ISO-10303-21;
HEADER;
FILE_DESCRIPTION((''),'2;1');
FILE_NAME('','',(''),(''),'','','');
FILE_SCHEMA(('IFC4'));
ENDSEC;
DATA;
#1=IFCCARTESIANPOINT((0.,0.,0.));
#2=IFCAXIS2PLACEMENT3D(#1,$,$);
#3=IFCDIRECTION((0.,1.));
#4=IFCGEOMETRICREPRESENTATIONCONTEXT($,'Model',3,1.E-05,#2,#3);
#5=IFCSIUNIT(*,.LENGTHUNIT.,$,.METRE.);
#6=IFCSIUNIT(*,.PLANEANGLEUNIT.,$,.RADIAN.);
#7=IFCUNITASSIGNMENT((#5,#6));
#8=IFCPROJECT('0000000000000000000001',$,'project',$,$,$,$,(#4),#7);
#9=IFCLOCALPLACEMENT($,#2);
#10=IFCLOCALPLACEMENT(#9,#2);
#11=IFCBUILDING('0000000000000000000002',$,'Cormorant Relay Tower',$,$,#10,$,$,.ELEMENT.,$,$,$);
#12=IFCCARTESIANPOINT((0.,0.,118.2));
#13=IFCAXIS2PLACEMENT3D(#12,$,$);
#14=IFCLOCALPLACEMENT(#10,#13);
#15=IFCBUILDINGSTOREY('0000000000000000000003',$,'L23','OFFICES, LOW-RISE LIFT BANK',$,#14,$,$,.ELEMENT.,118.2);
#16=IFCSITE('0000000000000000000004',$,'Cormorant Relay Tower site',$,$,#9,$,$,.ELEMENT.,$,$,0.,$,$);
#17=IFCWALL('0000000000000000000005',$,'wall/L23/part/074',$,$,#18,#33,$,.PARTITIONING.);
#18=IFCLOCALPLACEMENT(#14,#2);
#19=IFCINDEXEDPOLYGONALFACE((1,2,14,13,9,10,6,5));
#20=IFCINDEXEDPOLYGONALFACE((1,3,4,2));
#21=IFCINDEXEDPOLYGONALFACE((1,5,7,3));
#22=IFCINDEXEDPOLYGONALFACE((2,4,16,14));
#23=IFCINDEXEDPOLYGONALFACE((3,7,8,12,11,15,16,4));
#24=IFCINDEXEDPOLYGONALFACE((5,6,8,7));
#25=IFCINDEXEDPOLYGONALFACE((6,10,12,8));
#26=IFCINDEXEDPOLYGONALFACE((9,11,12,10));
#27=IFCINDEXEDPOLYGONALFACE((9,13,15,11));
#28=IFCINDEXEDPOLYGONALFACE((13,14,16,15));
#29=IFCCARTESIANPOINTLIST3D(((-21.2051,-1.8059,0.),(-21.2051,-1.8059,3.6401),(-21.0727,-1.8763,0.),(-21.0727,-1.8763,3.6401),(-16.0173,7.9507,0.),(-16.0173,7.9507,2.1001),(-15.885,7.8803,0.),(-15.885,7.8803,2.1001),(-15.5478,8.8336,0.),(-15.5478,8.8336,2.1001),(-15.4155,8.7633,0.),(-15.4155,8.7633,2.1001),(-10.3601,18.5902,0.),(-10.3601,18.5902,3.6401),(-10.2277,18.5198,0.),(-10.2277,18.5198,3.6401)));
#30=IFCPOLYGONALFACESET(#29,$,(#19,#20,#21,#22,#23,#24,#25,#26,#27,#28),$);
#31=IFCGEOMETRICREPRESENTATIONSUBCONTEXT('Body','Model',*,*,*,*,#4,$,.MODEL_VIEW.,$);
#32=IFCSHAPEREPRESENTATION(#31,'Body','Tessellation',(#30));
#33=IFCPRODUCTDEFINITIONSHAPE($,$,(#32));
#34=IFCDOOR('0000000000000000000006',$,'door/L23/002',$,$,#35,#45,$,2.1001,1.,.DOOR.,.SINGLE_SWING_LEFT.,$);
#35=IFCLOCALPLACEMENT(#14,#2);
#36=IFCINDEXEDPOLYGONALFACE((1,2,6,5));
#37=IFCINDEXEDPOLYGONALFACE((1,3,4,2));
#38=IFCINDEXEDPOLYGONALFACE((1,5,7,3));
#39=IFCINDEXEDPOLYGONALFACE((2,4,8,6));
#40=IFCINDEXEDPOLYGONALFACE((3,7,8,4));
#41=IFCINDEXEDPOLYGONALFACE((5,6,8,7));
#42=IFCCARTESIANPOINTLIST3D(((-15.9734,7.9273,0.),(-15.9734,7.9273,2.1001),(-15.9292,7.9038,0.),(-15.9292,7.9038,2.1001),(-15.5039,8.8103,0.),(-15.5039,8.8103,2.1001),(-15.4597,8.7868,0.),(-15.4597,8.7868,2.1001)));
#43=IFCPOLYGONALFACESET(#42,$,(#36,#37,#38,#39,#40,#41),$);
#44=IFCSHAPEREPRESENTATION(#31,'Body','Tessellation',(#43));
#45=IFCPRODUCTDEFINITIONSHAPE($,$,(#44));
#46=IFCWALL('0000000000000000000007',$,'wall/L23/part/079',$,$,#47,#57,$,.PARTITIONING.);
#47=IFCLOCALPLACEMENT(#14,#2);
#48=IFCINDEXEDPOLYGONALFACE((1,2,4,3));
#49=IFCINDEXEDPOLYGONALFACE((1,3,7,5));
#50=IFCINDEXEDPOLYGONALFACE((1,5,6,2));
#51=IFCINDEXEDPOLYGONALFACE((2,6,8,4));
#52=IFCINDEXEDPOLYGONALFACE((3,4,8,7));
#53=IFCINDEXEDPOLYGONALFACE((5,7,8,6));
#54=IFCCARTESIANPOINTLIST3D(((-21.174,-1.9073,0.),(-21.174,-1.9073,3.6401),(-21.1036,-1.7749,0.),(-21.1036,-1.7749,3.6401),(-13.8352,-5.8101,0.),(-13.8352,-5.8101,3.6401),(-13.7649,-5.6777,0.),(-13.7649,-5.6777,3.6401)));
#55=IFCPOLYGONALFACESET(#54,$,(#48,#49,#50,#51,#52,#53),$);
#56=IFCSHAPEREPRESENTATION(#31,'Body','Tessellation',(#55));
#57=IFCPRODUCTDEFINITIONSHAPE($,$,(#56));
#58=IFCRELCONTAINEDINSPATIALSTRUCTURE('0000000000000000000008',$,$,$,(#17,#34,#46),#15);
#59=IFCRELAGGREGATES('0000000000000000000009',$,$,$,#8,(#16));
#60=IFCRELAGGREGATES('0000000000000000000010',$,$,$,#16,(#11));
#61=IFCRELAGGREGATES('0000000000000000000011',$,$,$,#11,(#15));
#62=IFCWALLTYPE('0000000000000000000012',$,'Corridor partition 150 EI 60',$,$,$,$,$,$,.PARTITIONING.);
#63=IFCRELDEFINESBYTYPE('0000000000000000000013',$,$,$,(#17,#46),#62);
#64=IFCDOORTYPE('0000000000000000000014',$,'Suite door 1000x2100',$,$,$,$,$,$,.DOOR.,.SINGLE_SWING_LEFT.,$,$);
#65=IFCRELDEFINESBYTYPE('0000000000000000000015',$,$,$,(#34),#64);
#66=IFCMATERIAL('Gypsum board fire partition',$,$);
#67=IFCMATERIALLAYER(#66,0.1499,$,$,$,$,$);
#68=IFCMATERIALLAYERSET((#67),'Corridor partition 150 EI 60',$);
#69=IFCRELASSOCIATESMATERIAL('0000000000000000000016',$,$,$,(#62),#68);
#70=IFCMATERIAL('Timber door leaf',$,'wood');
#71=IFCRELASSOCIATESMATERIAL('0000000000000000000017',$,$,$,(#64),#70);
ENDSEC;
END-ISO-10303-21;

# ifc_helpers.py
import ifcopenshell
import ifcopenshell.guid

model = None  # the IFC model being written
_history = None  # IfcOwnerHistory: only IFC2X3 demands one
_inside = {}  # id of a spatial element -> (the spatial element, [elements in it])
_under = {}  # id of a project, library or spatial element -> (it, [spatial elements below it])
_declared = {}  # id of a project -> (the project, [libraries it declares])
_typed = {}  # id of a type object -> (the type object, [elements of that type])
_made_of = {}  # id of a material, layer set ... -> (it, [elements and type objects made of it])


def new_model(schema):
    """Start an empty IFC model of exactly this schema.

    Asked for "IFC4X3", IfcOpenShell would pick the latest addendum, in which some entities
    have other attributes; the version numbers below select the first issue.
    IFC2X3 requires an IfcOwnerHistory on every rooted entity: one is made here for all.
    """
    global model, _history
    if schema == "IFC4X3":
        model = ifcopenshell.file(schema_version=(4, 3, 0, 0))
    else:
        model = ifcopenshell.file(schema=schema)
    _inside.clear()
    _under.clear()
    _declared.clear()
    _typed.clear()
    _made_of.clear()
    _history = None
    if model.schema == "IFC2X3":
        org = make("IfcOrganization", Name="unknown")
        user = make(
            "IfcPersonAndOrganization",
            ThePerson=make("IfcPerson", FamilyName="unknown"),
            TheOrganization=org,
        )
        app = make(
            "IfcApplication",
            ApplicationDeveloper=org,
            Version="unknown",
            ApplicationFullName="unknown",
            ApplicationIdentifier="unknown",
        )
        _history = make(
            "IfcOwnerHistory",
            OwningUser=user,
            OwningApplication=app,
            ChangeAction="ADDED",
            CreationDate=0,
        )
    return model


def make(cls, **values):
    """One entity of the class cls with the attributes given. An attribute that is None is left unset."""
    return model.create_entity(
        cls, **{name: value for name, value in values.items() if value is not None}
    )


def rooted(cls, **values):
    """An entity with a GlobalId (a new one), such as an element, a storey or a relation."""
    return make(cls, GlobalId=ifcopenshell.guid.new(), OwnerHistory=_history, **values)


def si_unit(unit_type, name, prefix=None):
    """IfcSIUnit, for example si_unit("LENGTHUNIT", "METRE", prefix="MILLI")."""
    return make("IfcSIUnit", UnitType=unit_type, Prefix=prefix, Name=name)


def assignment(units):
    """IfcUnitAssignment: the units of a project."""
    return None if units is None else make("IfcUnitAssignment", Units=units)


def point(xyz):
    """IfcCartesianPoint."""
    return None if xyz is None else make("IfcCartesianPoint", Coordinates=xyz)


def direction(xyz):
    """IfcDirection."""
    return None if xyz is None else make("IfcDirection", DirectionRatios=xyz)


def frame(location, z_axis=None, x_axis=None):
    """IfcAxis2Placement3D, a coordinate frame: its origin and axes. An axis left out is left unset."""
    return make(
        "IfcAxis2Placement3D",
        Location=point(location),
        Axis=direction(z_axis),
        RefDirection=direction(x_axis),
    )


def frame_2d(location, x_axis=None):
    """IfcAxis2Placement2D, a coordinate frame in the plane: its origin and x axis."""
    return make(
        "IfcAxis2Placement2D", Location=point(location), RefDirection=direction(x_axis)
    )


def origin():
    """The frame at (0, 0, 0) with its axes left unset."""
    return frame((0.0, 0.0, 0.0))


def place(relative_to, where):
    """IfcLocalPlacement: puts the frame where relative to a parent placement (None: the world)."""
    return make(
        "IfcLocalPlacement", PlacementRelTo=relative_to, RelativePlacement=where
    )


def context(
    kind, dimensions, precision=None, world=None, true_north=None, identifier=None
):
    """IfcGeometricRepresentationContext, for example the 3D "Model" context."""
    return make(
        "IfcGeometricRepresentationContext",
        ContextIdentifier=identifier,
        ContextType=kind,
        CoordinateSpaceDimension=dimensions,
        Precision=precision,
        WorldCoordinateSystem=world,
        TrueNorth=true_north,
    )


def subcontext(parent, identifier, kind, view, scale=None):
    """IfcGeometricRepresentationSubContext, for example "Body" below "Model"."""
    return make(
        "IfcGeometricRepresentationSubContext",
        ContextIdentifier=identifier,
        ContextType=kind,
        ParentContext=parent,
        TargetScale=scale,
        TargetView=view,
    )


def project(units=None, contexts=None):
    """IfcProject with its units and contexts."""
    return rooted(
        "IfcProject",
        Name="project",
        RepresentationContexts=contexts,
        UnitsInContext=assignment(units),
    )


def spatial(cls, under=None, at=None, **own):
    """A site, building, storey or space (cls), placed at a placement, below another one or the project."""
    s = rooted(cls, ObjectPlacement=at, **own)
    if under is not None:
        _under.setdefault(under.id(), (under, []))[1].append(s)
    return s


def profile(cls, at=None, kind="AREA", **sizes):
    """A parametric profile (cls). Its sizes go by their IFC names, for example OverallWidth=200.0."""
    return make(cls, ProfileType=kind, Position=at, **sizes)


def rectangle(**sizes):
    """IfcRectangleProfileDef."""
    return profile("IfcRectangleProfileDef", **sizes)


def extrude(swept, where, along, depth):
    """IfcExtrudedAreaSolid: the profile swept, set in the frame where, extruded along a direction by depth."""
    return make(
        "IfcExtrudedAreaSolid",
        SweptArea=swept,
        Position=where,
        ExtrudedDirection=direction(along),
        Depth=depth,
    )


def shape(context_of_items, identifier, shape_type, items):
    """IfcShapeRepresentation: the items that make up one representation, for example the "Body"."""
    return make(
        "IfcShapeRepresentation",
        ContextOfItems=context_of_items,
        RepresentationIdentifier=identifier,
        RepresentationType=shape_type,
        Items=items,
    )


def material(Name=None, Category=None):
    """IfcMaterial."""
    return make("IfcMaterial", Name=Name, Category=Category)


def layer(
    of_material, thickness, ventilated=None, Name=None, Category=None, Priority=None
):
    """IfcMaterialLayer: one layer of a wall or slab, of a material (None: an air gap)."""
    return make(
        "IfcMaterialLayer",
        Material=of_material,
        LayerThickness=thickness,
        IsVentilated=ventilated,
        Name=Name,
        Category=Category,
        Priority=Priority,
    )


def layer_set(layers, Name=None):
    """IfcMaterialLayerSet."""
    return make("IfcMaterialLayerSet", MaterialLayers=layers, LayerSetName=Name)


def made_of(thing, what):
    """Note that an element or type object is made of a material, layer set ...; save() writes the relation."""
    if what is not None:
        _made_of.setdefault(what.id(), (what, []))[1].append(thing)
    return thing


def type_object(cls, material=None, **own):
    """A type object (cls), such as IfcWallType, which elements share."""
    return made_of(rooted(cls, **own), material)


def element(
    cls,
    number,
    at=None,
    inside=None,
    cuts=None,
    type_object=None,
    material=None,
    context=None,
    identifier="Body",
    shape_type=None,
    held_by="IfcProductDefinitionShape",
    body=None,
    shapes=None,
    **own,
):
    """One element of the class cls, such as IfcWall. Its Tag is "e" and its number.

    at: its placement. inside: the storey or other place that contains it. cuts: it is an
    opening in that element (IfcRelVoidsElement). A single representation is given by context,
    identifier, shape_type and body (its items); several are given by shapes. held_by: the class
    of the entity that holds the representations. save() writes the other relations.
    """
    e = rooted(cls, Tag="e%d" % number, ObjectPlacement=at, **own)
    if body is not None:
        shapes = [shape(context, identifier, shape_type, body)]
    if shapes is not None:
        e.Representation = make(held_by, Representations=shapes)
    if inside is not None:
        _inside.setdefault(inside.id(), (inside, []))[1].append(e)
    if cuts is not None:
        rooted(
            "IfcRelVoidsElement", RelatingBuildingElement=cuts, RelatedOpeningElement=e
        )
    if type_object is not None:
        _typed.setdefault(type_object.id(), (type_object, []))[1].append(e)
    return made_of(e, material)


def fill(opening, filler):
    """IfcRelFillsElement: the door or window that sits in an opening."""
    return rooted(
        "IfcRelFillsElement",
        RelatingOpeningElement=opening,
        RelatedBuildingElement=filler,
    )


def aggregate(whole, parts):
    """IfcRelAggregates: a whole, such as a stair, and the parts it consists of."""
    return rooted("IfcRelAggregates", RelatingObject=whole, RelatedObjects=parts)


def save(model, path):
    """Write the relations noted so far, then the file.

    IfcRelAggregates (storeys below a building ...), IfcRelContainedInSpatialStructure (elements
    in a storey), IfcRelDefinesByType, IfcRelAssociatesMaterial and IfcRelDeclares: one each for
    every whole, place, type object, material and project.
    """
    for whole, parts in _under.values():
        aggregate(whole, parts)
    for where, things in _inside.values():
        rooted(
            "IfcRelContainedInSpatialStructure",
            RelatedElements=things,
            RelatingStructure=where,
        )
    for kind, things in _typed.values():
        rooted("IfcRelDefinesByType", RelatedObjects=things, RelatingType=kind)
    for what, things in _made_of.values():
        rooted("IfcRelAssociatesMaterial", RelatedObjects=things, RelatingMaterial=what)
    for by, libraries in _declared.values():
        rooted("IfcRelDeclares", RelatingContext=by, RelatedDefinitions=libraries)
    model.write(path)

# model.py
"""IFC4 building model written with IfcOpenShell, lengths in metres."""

from ifc_helpers import new_model, si_unit, direction, frame, frame_2d, origin, place, context, subcontext, project, spatial, rectangle, extrude, material, layer, layer_set, type_object, element, fill, save


model = new_model("IFC4")

# Units and contexts
model_context = context("Model", 3, precision=1e-05, world=origin(), true_north=direction((0.0, 1.0)))
body_context = subcontext(model_context, "Body", "Model", "MODEL_VIEW")
ifc_project = project(units=[si_unit("LENGTHUNIT", "METRE"), si_unit("PLANEANGLEUNIT", "RADIAN")], contexts=[model_context])

# Site, building, storey
site_placement = place(None, origin())
site = spatial("IfcSite", under=ifc_project, at=site_placement, Name="Cormorant Relay Tower site", CompositionType="ELEMENT", RefElevation=0.0)
building_placement = place(site_placement, origin())
building = spatial("IfcBuilding", under=site, at=building_placement, Name="Cormorant Relay Tower", CompositionType="ELEMENT")
storey_placement = place(building_placement, frame((0.0, 0.0, 118.2)))
storey = spatial("IfcBuildingStorey", under=building, at=storey_placement, Name="L23", Description="OFFICES, LOW-RISE LIFT BANK", CompositionType="ELEMENT", Elevation=118.2)

# Shared definitions
ifc_material_1 = material(Name="Gypsum board fire partition")
ifc_layer_1 = layer(ifc_material_1, 0.1499)
ifc_layer_set_1 = layer_set([ifc_layer_1], Name="Corridor partition 150 EI 60")
wall_type = type_object("IfcWallType", Name="Corridor partition 150 EI 60", PredefinedType="PARTITIONING", material=ifc_layer_set_1)
ifc_material_2 = material(Name="Timber door leaf", Category="wood")
door_type = type_object("IfcDoorType", Name="Suite door 1000x2100", OperationType="SINGLE_SWING_LEFT", PredefinedType="DOOR", material=ifc_material_2)

# Wall, opening, door
wall_1_placement = place(storey_placement, frame((-21.1389, -1.8411, 0.0), z_axis=(0.0, 0.0, 1.0), x_axis=(0.469479, 0.882944, 0.0)))
wall_1 = element("IfcWall", 1, at=wall_1_placement, inside=storey, type_object=wall_type, Name="wall/L23/part/074", PredefinedType="PARTITIONING", context=body_context, shape_type="SweptSolid", body=[
    extrude(rectangle(XDim=23.1001, YDim=0.1499, at=frame_2d((11.55, 0.0))), origin(), (0.0, 0.0, 1.0), 3.6401),
])
opening_1_placement = place(wall_1_placement, frame((11.05, 0.0, 0.0)))
opening_1 = element("IfcOpeningElement", 2, at=opening_1_placement, cuts=wall_1, PredefinedType="OPENING", context=body_context, shape_type="SweptSolid", body=[
    extrude(rectangle(XDim=1.0, YDim=2.1001, at=frame_2d((0.5, 1.05))), frame((0.0, 0.085, 0.0), z_axis=(0.0, -1.0, 0.0), x_axis=(1.0, 0.0, 0.0)), (0.0, 0.0, 1.0), 0.1699),
])
door_1_placement = place(opening_1_placement, frame((1.0, 0.0, 0.0), z_axis=(0.0, 0.0, 1.0), x_axis=(-1.0, 0.0, 0.0)))
door_1 = element("IfcDoor", 3, at=door_1_placement, inside=storey, type_object=door_type, Name="door/L23/002", OperationType="SINGLE_SWING_LEFT", OverallHeight=2.1001, OverallWidth=1.0, PredefinedType="DOOR", context=body_context, shape_type="SweptSolid", body=[
    extrude(rectangle(XDim=1.0, YDim=2.1001, at=frame_2d((0.5, 1.05))), frame((0.0, 0.0249, 0.0), z_axis=(0.0, -1.0, 0.0), x_axis=(1.0, 0.0, 0.0)), (0.0, 0.0, 1.0), 0.05),
])
fill(opening_1, door_1)

# Wall
wall_2_placement = place(storey_placement, frame((-13.8, -5.7439, 0.0), z_axis=(0.0, 0.0, 1.0), x_axis=(-0.882913, 0.469536, 0.0)))
element("IfcWall", 4, at=wall_2_placement, inside=storey, type_object=wall_type, Name="wall/L23/part/079", PredefinedType="PARTITIONING", context=body_context, shape_type="SweptSolid", body=[
    extrude(rectangle(XDim=8.312, YDim=0.1499, at=frame_2d((4.156, 0.0))), origin(), (0.0, 0.0, 1.0), 3.6401),
])

save(model, "model.ifc")
